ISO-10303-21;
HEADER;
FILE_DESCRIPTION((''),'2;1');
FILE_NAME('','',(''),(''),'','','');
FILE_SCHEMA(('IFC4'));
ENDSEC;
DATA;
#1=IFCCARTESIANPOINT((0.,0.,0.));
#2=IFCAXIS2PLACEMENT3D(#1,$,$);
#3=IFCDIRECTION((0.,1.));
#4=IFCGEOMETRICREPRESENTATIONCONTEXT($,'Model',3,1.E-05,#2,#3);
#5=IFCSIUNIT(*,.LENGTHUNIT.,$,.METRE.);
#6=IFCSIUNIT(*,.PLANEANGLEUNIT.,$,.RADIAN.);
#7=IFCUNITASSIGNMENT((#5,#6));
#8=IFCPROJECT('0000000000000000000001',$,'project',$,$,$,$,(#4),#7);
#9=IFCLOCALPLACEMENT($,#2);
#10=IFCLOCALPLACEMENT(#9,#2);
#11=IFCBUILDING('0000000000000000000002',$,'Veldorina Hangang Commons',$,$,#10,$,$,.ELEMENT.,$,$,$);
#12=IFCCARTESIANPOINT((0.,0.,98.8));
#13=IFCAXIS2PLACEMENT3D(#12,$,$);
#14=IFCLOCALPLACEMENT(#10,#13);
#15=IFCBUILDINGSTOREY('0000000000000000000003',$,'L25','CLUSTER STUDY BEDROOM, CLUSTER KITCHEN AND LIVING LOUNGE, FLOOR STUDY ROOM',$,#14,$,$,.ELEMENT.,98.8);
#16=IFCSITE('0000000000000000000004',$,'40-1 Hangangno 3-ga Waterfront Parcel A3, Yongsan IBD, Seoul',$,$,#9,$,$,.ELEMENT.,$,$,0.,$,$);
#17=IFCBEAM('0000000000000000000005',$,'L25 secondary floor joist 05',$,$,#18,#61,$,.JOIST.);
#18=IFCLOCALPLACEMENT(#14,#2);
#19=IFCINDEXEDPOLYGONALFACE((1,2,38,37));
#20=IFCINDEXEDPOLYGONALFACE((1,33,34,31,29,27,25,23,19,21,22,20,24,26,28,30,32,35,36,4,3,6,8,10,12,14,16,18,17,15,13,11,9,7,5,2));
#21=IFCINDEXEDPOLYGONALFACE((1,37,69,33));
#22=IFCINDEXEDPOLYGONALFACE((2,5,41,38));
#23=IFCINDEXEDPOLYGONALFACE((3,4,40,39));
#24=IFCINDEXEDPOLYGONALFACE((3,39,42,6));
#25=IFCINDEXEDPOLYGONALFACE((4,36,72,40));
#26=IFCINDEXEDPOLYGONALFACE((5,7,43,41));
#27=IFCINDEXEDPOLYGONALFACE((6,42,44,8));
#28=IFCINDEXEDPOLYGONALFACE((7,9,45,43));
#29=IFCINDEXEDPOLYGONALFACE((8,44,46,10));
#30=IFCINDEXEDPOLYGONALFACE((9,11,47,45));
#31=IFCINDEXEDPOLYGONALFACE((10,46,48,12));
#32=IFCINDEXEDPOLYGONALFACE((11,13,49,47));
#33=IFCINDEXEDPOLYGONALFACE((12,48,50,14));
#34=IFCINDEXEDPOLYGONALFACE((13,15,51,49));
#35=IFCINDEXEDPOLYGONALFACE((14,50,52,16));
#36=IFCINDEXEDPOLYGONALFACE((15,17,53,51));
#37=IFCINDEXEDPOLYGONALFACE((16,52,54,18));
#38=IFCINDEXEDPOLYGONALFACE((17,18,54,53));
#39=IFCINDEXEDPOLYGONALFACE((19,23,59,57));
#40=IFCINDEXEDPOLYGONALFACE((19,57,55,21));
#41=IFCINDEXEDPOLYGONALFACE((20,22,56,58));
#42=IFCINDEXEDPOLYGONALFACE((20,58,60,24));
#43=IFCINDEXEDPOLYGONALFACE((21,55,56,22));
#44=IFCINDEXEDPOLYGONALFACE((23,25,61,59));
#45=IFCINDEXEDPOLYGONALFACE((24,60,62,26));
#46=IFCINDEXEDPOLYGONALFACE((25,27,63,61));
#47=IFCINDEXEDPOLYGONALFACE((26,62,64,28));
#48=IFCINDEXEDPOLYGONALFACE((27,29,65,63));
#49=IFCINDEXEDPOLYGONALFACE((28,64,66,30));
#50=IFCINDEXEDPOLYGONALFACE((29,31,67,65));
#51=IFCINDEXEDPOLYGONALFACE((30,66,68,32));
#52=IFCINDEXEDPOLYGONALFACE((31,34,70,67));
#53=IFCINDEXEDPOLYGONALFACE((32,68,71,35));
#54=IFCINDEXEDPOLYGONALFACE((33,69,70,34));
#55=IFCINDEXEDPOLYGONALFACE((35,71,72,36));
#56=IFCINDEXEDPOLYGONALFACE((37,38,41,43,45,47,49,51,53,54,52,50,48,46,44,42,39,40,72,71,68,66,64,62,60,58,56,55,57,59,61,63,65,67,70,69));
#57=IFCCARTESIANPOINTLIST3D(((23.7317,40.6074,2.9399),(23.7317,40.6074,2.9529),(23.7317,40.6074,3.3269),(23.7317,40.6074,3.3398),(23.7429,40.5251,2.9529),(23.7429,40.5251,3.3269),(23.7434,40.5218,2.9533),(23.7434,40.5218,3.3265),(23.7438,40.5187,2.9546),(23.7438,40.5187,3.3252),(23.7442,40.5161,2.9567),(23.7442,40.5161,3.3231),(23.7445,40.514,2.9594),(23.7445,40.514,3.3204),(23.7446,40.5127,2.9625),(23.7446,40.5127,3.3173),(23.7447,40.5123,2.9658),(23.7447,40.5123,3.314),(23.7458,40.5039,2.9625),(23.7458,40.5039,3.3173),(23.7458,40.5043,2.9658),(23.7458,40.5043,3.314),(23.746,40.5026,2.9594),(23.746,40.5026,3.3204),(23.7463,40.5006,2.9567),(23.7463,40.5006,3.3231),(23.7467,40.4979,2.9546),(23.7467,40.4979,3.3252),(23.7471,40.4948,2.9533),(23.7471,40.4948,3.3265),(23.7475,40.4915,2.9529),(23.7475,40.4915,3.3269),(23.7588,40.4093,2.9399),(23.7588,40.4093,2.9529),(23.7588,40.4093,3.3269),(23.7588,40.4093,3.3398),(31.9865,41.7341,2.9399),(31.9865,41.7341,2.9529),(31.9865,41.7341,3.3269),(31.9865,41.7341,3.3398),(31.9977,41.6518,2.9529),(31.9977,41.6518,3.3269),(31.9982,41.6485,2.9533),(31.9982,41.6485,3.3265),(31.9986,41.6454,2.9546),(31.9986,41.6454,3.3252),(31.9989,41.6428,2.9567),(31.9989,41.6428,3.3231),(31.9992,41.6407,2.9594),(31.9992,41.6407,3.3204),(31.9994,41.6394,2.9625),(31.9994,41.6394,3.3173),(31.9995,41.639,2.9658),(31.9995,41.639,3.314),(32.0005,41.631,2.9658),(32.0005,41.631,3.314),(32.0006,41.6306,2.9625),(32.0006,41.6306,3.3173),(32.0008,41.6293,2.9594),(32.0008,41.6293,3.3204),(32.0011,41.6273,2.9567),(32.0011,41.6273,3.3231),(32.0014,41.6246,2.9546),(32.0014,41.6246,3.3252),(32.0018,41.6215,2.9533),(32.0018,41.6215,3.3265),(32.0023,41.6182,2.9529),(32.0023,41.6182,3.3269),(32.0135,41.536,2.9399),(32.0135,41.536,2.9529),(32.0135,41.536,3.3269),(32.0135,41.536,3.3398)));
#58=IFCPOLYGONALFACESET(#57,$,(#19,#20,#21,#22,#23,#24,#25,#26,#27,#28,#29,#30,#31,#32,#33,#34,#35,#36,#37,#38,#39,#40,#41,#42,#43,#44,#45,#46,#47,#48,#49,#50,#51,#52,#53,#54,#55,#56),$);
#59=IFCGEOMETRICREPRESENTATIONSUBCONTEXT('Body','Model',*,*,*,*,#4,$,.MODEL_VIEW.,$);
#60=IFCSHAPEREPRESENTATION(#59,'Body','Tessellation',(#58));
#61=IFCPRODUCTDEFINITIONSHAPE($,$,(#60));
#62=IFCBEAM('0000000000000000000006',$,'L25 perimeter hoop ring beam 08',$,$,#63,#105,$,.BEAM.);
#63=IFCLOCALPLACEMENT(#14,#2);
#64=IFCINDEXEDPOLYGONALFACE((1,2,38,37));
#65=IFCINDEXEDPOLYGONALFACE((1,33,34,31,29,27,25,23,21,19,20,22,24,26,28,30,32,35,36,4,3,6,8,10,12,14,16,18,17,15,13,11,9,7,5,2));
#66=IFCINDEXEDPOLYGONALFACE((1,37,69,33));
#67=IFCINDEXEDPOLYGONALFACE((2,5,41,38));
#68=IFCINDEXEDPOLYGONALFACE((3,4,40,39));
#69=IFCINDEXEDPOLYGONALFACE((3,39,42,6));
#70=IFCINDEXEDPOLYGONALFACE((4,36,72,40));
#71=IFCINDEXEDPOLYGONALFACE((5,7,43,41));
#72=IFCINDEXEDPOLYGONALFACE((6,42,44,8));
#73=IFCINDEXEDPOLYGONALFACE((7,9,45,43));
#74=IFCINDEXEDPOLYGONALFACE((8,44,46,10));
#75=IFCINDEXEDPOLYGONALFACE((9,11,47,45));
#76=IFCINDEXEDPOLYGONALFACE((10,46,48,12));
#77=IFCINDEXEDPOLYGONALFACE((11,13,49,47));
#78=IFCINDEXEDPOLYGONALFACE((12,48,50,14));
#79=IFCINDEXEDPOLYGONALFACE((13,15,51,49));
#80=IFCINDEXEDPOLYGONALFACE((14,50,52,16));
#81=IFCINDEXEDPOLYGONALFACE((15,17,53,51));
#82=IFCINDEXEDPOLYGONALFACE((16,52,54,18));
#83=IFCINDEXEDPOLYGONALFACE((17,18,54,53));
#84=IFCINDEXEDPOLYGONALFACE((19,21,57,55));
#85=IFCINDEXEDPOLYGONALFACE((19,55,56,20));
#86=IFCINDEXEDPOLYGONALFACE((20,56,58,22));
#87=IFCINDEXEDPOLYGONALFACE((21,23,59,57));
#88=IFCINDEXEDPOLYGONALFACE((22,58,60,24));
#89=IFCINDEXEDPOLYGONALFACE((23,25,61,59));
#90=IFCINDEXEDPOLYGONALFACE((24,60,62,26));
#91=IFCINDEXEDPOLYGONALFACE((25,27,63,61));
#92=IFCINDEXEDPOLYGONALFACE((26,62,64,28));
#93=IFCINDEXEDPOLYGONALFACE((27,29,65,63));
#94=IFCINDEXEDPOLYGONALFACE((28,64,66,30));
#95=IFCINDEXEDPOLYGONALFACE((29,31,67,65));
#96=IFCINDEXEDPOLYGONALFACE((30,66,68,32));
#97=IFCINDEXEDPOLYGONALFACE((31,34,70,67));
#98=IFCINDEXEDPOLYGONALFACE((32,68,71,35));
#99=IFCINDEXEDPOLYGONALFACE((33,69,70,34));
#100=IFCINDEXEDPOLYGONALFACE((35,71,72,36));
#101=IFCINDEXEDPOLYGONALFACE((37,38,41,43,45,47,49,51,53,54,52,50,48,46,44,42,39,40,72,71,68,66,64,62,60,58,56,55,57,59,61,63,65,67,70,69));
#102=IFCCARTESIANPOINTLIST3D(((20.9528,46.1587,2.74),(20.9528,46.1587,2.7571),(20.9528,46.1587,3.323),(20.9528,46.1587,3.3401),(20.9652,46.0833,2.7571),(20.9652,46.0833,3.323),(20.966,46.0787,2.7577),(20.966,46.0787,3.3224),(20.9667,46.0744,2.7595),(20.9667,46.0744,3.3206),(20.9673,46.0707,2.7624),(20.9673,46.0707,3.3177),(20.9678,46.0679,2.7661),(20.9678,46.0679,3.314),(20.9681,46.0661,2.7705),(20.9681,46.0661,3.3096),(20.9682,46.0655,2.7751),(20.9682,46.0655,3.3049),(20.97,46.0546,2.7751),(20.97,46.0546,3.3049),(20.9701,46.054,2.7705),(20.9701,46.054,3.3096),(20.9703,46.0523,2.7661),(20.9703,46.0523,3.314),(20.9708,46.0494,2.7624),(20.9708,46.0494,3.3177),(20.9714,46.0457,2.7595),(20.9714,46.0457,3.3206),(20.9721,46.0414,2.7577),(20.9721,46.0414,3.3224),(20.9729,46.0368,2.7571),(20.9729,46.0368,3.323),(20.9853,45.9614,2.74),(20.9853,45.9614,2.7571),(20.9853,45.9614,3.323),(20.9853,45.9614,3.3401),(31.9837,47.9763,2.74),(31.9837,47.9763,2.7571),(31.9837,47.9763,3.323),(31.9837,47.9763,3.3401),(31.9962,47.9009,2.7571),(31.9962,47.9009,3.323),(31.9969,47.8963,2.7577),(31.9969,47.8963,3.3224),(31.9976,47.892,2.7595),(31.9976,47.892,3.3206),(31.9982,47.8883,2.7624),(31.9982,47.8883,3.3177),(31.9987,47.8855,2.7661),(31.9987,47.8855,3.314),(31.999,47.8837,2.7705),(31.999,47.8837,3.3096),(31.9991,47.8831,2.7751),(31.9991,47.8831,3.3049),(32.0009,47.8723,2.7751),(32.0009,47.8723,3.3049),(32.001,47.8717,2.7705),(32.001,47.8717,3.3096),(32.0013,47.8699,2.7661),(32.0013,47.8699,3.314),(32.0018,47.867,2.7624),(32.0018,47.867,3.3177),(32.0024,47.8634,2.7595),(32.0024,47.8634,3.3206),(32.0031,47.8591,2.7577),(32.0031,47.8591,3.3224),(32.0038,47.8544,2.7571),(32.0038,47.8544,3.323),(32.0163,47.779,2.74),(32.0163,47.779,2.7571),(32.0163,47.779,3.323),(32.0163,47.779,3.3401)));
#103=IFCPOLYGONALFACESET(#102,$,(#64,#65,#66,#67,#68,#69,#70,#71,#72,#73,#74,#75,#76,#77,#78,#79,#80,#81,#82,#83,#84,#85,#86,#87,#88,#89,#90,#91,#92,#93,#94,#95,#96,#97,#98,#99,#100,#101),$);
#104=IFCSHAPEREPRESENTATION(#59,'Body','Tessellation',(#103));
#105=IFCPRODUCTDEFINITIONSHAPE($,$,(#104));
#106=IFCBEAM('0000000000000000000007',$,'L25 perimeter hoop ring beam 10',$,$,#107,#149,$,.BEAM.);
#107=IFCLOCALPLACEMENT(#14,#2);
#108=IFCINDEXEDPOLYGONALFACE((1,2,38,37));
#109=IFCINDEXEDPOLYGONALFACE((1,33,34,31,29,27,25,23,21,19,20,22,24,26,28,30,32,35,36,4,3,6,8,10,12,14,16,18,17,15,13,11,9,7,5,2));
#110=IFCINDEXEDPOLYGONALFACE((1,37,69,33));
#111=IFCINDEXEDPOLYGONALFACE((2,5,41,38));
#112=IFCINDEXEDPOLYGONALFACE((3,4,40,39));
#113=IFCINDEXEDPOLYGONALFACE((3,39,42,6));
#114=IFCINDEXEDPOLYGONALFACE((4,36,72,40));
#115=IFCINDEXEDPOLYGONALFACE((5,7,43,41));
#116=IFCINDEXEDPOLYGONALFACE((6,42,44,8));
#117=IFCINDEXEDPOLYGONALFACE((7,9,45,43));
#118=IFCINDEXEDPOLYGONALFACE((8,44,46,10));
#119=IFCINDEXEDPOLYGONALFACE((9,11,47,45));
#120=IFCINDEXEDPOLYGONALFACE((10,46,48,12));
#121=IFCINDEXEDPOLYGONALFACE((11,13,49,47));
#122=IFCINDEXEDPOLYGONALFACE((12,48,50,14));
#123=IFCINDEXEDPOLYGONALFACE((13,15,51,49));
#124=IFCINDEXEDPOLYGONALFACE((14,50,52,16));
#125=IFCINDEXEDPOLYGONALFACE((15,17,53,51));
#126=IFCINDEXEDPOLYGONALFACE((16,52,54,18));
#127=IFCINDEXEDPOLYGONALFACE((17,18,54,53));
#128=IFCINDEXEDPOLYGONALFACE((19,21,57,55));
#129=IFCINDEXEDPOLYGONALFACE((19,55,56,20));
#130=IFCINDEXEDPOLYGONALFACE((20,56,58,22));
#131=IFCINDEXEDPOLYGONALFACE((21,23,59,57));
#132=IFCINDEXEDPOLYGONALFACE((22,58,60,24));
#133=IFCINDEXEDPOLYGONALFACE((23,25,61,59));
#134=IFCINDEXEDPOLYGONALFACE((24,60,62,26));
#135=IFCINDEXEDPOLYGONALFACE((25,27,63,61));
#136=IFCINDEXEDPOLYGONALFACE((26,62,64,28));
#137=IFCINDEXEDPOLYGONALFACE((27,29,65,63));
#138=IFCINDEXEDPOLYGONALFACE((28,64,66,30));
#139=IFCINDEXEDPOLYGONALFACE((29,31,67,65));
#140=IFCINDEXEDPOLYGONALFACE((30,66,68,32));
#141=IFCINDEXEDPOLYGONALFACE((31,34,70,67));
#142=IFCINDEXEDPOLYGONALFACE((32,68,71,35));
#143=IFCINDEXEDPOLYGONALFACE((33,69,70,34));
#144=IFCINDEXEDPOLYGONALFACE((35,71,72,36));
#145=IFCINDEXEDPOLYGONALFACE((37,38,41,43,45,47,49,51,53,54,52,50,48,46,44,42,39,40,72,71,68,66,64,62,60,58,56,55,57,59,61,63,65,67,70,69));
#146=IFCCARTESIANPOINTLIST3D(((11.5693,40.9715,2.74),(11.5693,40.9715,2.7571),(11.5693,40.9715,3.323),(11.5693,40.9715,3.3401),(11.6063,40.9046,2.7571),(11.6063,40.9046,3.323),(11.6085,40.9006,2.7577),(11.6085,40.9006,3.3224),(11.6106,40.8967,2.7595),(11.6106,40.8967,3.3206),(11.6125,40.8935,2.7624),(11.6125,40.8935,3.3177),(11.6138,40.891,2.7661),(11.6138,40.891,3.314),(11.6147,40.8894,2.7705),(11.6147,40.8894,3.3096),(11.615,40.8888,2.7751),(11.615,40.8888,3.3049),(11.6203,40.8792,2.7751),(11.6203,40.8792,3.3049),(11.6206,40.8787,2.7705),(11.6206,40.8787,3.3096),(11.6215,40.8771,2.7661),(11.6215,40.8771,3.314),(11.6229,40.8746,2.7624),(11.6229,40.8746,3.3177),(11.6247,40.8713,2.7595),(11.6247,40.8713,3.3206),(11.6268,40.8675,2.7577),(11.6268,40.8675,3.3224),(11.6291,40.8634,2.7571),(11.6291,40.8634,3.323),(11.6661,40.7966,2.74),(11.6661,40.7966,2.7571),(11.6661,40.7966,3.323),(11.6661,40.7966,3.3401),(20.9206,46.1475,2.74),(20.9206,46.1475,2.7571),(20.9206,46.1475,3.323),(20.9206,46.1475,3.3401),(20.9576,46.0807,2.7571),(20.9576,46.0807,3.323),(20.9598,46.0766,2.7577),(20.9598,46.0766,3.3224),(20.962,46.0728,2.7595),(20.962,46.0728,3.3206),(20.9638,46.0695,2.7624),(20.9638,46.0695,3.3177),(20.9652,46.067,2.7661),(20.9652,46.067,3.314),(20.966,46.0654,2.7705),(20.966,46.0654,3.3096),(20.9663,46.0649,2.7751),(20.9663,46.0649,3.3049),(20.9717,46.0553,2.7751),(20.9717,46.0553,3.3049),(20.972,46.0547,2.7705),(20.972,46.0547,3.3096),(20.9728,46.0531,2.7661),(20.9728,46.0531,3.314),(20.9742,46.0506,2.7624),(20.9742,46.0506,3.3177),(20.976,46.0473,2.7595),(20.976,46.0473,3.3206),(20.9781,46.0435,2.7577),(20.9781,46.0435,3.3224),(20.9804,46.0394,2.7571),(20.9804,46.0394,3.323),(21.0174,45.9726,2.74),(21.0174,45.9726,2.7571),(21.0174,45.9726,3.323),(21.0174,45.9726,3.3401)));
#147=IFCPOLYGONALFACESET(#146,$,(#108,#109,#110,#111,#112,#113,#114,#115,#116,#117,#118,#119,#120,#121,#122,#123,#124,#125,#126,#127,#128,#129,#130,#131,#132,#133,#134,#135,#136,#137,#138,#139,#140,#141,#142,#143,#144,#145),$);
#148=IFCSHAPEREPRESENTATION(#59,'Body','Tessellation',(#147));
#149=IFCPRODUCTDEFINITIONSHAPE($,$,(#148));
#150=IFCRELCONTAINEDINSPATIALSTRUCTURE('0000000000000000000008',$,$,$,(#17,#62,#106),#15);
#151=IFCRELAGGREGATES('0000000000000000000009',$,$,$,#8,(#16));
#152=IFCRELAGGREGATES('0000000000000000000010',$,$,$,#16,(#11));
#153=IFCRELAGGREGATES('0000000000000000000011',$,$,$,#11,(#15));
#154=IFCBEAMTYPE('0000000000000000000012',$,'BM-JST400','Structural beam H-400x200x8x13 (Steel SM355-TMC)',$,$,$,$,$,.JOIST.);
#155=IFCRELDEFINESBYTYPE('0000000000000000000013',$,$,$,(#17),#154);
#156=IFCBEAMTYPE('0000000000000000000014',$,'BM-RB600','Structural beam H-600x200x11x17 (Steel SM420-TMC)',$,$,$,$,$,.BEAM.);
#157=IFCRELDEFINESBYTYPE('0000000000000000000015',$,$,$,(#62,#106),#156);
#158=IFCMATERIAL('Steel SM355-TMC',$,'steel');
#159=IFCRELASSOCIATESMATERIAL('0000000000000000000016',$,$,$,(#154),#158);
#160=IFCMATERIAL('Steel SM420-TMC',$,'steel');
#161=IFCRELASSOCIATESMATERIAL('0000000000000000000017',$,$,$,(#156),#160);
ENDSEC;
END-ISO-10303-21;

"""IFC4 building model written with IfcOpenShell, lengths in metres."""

from ifc_helpers import new_model, si_unit, direction, frame, origin, origin_2d, place, context, subcontext, project, spatial, i_section, extrude, material, material_profile, profile_set, type_object, element, save


model = new_model("IFC4")

# Units and contexts
model_context = context("Model", 3, precision=1e-05, world=origin(), true_north=direction((0.0, 1.0)))
body_context = subcontext(model_context, "Body", "Model", "MODEL_VIEW")
ifc_project = project(units=[si_unit("LENGTHUNIT", "METRE"), si_unit("PLANEANGLEUNIT", "RADIAN")], contexts=[model_context])

# Site, building, storey
site_placement = place(None, origin())
site = spatial("IfcSite", under=ifc_project, at=site_placement, Name="40-1 Hangangno 3-ga Waterfront Parcel A3, Yongsan IBD, Seoul", CompositionType="ELEMENT", RefElevation=0.0)
building_placement = place(site_placement, origin())
building = spatial("IfcBuilding", under=site, at=building_placement, Name="Veldorina Hangang Commons", CompositionType="ELEMENT")
storey_placement = place(building_placement, frame((0.0, 0.0, 98.8)))
storey = spatial("IfcBuildingStorey", under=building, at=storey_placement, Name="L25", Description="CLUSTER STUDY BEDROOM, CLUSTER KITCHEN AND LIVING LOUNGE, FLOOR STUDY ROOM", CompositionType="ELEMENT", Elevation=98.8)

# Beams
ifc_material_1 = material(Name="Steel SM355-TMC", Category="steel")
ifc_material_profile_1 = material_profile(ifc_material_1, i_section(OverallWidth=0.2, OverallDepth=0.3999, WebThickness=0.0081, FlangeThickness=0.0129, FilletRadius=0.0129, at=origin_2d()), Name="H-400x200x8x13")
ifc_profile_set_1 = profile_set([ifc_material_profile_1], Name="Steel SM355-TMC")
beam_type_1 = type_object("IfcBeamType", Name="BM-JST400", Description="Structural beam H-400x200x8x13 (Steel SM355-TMC)", PredefinedType="JOIST", material=ifc_profile_set_1)
beam_1_placement = place(storey_placement, frame((32.0, 41.635, 3.1399), z_axis=(-0.990813, -0.135236, 0.0), x_axis=(0.135236, -0.990813, 0.0)))
element("IfcBeam", 1, at=beam_1_placement, inside=storey, type_object=beam_type_1, Name="L25 secondary floor joist 05", PredefinedType="JOIST", context=body_context, shape_type="SweptSolid", body=[
    extrude(i_section(OverallWidth=0.2, OverallDepth=0.3999, WebThickness=0.0081, FlangeThickness=0.0129, FilletRadius=0.0129, at=origin_2d()), origin(), (0.0, 0.0, 1.0), 8.3313),
])
ifc_material_2 = material(Name="Steel SM420-TMC", Category="steel")
ifc_material_profile_2 = material_profile(ifc_material_2, i_section(OverallWidth=0.2, OverallDepth=0.6001, WebThickness=0.011, FlangeThickness=0.0171, FilletRadius=0.0181, at=origin_2d()), Name="H-600x200x11x17")
ifc_profile_set_2 = profile_set([ifc_material_profile_2], Name="Steel SM420-TMC")
beam_type_2 = type_object("IfcBeamType", Name="BM-RB600", Description="Structural beam H-600x200x11x17 (Steel SM420-TMC)", PredefinedType="BEAM", material=ifc_profile_set_2)
beam_2_placement = place(storey_placement, frame((32.0, 47.8777, 3.04), z_axis=(-0.986695, -0.162582, 0.0), x_axis=(0.162582, -0.986695, 0.0)))
element("IfcBeam", 2, at=beam_2_placement, inside=storey, type_object=beam_type_2, Name="L25 perimeter hoop ring beam 08", PredefinedType="BEAM", context=body_context, shape_type="SweptSolid", body=[
    extrude(i_section(OverallWidth=0.2, OverallDepth=0.6001, WebThickness=0.011, FlangeThickness=0.0171, FilletRadius=0.0181, at=origin_2d()), origin(), (0.0, 0.0, 1.0), 11.1797),
])
beam_3_placement = place(storey_placement, frame((20.969, 46.0601, 3.04), z_axis=(-0.874917, -0.484273, 0.0), x_axis=(0.484273, -0.874917, 0.0)))
element("IfcBeam", 3, at=beam_3_placement, inside=storey, type_object=beam_type_2, Name="L25 perimeter hoop ring beam 10", PredefinedType="BEAM", context=body_context, shape_type="SweptSolid", body=[
    extrude(i_section(OverallWidth=0.2, OverallDepth=0.6001, WebThickness=0.011, FlangeThickness=0.0171, FilletRadius=0.0181, at=origin_2d()), origin(), (0.0, 0.0, 1.0), 10.6882),
])

save(model, "model.ifc")
